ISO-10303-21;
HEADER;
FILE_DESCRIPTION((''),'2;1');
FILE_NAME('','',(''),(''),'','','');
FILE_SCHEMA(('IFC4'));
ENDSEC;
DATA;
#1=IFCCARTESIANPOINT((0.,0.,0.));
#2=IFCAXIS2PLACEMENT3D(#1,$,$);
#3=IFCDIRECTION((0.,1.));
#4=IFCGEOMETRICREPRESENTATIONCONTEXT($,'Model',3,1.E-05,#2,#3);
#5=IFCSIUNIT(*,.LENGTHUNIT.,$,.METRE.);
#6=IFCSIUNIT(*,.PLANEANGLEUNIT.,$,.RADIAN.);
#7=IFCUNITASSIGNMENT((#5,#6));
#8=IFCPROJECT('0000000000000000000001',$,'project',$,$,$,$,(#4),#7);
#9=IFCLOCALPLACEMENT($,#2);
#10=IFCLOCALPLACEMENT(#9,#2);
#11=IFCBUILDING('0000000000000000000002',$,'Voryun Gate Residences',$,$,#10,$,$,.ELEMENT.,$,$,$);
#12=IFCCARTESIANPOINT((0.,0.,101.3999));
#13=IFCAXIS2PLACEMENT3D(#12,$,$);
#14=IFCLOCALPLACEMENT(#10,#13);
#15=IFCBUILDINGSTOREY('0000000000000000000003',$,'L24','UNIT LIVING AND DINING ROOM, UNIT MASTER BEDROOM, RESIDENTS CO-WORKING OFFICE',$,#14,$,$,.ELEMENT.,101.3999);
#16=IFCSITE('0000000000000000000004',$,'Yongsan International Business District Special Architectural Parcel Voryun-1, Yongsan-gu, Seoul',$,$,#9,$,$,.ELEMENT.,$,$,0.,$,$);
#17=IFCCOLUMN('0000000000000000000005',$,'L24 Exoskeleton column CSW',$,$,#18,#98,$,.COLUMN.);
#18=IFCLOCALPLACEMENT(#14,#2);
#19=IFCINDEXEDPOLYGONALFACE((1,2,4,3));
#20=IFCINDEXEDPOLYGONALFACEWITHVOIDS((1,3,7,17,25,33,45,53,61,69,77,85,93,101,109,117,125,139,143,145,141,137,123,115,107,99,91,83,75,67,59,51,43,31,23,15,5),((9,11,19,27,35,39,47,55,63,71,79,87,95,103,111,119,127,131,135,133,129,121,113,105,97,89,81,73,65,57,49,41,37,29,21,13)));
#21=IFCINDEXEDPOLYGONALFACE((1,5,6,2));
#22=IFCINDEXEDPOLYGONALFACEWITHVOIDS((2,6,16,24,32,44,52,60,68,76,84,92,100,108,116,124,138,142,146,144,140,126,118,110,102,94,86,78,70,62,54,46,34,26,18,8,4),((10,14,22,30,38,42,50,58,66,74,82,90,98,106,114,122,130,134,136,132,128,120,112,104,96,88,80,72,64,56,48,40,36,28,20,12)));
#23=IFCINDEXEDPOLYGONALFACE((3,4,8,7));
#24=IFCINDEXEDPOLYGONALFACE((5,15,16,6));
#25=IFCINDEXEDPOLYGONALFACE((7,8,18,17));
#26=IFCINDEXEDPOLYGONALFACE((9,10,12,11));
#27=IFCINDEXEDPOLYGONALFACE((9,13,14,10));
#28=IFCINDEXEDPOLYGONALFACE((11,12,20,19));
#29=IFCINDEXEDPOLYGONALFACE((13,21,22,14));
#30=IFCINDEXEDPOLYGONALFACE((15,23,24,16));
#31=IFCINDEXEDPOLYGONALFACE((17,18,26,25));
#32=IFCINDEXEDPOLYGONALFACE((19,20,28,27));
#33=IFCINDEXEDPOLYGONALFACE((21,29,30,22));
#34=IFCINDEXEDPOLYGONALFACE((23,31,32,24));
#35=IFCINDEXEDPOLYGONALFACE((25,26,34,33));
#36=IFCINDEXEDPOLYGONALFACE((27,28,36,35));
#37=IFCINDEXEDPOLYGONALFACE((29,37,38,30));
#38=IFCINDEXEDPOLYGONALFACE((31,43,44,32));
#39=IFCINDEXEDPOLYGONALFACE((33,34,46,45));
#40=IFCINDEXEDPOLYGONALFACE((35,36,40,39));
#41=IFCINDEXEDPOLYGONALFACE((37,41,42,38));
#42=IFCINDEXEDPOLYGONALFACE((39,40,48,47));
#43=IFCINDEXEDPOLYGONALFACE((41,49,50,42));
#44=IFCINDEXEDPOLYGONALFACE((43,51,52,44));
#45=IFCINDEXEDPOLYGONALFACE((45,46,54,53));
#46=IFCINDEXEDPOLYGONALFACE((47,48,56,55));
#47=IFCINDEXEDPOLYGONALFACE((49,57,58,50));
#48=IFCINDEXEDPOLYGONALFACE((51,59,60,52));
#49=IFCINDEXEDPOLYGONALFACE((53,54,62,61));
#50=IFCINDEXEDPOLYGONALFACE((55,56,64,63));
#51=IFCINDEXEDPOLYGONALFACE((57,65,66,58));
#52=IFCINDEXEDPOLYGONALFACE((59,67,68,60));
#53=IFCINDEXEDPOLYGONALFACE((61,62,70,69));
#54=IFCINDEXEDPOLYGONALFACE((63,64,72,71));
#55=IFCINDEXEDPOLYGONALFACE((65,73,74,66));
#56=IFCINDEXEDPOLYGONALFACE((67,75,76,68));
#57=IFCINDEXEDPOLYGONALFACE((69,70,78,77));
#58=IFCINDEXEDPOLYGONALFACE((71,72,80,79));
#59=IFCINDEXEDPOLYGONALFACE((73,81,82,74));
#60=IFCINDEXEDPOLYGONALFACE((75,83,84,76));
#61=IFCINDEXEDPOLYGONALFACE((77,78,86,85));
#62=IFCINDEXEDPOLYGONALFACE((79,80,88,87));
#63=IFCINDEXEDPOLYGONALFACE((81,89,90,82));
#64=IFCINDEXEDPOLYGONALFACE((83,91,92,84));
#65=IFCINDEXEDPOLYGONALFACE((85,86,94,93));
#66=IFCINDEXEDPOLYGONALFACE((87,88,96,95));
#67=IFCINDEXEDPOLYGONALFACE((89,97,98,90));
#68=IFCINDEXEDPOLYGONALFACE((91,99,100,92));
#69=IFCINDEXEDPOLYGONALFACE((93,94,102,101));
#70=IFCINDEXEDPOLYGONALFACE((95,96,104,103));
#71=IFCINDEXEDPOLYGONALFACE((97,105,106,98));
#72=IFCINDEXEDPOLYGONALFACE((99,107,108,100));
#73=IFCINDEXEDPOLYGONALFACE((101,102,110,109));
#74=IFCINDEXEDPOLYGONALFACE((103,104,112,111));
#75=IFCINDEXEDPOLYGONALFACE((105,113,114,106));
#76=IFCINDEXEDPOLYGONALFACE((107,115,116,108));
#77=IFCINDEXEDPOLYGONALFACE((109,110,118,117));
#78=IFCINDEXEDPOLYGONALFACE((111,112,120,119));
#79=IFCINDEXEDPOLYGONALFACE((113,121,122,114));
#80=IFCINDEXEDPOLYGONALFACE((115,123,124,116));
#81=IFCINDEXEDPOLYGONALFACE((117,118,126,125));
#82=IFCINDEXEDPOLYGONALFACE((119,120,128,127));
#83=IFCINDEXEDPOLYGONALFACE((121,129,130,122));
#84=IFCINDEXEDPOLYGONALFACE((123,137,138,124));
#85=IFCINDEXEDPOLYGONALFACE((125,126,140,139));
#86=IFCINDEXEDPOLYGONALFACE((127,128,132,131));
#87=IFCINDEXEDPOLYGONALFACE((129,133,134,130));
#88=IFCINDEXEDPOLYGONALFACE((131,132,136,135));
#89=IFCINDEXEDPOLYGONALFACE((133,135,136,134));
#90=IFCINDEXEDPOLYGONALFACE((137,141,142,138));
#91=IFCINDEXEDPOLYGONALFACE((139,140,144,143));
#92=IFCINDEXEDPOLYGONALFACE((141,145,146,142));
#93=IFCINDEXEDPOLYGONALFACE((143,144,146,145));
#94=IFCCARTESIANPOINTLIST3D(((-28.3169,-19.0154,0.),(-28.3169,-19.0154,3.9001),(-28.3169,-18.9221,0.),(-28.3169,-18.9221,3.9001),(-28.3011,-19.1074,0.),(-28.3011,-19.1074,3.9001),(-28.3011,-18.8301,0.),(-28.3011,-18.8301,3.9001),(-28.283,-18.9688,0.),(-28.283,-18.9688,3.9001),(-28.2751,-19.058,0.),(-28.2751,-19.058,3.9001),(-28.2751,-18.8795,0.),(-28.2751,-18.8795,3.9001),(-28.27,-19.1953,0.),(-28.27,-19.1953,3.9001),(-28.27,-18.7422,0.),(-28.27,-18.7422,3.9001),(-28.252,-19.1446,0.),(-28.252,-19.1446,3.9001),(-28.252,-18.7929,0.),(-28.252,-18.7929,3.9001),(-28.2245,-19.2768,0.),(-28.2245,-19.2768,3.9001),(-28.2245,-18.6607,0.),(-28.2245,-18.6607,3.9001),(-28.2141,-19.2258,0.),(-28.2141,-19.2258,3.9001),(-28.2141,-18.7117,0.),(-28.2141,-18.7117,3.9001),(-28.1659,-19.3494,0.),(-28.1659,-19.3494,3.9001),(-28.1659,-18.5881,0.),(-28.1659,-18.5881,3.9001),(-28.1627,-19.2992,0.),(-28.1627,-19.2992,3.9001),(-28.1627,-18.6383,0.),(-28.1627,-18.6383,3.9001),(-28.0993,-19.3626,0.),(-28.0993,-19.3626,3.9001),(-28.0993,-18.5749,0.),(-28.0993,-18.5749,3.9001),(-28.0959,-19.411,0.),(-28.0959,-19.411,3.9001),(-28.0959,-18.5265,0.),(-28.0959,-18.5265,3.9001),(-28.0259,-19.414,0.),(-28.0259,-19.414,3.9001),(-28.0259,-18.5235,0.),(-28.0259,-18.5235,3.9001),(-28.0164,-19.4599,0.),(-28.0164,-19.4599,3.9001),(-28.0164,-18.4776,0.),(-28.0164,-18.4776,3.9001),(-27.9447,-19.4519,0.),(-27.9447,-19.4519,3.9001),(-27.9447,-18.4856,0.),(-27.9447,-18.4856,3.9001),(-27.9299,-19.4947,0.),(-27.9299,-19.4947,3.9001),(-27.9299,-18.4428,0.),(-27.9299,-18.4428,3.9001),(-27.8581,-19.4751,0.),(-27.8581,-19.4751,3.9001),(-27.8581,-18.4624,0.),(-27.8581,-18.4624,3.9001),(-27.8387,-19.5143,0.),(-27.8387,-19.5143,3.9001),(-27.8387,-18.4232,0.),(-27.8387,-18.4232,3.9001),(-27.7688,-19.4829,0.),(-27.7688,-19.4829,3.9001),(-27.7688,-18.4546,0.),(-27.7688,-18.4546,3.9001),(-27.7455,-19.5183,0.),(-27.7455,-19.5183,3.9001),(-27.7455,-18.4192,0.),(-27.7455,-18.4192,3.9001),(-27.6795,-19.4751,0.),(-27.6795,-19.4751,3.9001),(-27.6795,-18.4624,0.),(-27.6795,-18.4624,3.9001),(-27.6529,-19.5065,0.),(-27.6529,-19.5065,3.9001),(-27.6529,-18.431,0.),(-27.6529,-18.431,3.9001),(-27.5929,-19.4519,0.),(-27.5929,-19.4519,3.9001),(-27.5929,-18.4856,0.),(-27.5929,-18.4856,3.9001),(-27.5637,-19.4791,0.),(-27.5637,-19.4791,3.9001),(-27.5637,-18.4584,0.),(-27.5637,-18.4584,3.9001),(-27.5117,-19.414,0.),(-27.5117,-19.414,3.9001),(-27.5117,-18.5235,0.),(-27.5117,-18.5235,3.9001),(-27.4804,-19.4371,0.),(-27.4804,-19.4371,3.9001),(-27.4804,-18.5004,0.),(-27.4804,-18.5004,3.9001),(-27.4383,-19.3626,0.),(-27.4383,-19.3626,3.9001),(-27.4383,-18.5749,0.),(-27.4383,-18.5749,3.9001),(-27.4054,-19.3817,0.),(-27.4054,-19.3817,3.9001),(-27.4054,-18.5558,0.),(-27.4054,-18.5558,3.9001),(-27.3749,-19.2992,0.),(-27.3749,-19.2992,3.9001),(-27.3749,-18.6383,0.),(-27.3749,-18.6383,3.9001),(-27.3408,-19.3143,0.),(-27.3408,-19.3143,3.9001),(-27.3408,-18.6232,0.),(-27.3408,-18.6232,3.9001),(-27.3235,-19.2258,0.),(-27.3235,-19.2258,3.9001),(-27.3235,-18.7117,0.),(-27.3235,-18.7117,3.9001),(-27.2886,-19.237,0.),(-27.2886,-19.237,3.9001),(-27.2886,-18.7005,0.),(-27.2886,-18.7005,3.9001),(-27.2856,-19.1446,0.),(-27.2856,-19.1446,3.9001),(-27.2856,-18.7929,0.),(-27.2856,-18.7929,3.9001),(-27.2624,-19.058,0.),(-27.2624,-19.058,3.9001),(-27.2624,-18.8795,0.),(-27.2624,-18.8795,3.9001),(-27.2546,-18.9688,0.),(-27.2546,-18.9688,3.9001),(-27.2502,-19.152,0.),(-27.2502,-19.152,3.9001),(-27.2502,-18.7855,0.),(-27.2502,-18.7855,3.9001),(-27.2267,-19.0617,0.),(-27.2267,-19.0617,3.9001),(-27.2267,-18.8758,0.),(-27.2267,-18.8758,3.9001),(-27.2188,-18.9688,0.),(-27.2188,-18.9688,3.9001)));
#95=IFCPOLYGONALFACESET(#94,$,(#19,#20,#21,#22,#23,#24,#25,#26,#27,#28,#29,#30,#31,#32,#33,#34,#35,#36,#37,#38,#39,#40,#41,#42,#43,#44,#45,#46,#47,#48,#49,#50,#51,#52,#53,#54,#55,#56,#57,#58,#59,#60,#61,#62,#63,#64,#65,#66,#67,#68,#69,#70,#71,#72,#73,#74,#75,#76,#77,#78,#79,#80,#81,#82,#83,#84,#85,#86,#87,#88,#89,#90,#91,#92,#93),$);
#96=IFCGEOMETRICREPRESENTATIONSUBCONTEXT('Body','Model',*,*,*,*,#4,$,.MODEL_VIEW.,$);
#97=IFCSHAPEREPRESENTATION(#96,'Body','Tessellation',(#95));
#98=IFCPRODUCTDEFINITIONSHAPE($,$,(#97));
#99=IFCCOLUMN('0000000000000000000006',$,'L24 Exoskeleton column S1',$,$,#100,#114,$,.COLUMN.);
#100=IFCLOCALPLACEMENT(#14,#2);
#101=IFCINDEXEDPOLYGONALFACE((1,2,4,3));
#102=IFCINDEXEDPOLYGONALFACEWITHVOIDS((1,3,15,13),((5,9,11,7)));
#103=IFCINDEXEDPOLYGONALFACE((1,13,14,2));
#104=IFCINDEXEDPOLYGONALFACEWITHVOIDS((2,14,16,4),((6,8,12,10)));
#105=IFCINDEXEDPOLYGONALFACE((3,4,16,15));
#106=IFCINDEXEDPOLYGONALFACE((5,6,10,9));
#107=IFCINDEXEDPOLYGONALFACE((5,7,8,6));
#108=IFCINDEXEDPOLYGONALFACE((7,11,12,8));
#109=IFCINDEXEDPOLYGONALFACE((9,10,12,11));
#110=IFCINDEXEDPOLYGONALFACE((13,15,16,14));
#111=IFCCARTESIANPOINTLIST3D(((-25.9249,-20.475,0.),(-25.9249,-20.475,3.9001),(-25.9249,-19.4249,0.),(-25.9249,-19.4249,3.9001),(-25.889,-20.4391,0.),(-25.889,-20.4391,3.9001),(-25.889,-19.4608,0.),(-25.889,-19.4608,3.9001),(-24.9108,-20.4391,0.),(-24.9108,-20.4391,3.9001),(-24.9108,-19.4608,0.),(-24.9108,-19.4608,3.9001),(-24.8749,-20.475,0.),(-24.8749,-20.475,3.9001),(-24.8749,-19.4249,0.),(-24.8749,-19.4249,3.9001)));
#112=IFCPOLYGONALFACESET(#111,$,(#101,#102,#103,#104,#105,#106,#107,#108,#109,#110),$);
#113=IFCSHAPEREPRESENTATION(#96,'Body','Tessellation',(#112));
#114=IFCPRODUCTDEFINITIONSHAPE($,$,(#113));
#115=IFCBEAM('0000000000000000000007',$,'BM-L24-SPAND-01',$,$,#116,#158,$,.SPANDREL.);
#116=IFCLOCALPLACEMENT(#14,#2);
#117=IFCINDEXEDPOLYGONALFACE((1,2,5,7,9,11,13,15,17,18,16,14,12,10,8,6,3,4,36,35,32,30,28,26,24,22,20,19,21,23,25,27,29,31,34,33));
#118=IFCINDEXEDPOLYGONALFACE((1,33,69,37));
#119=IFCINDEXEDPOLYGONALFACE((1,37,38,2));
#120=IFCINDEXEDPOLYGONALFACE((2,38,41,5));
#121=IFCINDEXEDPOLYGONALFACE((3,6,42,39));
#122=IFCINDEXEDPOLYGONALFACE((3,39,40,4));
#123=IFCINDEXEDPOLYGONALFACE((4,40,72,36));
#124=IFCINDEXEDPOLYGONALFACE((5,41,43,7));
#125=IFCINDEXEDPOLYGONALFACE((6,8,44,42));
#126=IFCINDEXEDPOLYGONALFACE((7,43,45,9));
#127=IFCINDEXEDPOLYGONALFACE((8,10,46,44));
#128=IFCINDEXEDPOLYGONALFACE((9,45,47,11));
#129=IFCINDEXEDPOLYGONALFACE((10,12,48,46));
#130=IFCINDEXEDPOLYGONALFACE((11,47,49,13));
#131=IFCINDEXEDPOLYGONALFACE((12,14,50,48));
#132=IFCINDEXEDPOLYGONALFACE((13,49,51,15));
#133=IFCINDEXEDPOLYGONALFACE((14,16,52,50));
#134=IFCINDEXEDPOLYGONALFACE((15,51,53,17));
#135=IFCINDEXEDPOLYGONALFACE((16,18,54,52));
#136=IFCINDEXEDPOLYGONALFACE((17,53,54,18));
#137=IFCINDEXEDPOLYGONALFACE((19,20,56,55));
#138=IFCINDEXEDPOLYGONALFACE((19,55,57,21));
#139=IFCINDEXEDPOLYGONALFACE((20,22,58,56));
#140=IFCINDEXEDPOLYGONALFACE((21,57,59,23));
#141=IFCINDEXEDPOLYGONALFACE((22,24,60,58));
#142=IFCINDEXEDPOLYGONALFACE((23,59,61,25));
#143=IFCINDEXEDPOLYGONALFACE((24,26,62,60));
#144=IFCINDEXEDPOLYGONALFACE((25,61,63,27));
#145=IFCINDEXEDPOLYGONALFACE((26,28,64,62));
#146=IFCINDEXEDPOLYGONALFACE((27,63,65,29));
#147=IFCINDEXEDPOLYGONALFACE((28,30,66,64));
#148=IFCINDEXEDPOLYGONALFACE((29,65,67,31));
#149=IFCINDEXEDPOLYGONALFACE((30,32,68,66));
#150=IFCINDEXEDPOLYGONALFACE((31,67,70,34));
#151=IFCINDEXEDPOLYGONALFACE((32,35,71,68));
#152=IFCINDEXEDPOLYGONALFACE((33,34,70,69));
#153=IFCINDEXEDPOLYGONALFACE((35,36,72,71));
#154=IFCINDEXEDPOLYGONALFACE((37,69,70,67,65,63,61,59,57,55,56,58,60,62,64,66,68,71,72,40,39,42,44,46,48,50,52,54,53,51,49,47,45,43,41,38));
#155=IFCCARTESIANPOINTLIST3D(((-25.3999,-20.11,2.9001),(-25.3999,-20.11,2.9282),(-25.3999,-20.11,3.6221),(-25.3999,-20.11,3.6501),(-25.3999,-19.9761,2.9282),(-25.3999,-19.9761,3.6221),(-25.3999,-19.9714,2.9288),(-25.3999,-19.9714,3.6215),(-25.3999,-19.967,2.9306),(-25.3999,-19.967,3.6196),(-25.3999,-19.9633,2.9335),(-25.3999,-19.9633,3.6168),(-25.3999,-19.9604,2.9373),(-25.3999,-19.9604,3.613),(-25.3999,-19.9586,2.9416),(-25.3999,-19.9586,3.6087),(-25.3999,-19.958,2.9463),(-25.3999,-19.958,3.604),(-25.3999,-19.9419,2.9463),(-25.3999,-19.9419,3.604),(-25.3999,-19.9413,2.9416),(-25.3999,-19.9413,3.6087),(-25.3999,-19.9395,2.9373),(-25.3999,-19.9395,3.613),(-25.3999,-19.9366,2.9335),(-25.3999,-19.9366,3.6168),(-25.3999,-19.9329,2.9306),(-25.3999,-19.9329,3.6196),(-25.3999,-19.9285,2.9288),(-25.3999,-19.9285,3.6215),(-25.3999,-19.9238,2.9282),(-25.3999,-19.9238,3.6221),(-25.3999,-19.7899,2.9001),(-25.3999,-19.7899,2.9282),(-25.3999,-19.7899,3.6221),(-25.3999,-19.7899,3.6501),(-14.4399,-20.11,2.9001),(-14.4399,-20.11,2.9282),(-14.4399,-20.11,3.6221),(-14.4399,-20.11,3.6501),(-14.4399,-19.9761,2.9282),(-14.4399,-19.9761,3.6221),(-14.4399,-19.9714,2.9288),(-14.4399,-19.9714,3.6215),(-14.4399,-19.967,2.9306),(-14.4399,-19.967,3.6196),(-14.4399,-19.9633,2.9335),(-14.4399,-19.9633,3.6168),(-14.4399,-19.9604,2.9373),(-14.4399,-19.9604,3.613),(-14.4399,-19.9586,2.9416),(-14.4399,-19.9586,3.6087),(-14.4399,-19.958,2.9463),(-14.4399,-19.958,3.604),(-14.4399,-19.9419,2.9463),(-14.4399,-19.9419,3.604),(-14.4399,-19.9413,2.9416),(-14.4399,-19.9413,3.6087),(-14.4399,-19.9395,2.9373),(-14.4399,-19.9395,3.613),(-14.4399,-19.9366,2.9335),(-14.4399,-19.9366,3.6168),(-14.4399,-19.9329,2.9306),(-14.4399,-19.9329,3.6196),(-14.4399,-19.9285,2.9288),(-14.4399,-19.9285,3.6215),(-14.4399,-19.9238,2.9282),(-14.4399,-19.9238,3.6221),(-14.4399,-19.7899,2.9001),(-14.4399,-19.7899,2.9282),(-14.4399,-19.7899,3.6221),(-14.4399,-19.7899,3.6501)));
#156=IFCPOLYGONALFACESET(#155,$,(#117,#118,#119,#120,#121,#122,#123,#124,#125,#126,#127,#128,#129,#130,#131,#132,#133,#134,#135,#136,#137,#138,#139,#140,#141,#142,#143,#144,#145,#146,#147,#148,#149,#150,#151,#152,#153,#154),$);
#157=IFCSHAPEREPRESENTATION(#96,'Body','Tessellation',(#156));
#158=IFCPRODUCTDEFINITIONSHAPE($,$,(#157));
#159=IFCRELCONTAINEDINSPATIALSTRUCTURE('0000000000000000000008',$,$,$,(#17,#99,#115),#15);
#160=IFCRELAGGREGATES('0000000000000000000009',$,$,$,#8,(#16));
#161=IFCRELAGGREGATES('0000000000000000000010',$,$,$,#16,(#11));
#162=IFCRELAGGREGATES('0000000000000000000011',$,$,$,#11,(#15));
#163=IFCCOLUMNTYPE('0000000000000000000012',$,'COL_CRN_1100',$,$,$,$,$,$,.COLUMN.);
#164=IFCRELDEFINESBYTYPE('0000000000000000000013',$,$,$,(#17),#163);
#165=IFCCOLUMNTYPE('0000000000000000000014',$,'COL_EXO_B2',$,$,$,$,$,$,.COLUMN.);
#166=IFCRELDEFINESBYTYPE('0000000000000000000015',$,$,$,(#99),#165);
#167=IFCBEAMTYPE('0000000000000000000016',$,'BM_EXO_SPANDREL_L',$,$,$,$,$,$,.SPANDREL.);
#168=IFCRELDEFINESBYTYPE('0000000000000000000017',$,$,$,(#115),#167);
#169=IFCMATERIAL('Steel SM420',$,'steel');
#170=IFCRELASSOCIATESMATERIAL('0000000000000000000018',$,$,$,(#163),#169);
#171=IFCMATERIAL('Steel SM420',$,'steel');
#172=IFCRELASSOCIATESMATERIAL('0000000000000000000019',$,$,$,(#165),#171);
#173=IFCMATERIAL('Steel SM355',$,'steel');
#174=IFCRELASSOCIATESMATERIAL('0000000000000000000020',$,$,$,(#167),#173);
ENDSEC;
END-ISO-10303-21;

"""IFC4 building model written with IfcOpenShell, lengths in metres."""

from ifc_helpers import new_model, si_unit, direction, frame, origin, origin_2d, place, context, subcontext, project, spatial, hollow_rectangle, hollow_circle, i_section, extrude, material, material_profile, profile_set, type_object, element, save


model = new_model("IFC4")

# Units and contexts
model_context = context("Model", 3, precision=1e-05, world=origin(), true_north=direction((0.0, 1.0)))
body_context = subcontext(model_context, "Body", "Model", "MODEL_VIEW")
ifc_project = project(units=[si_unit("LENGTHUNIT", "METRE"), si_unit("PLANEANGLEUNIT", "RADIAN")], contexts=[model_context])

# Site, building, storey
site_placement = place(None, origin())
site = spatial("IfcSite", under=ifc_project, at=site_placement, Name="Yongsan International Business District Special Architectural Parcel Voryun-1, Yongsan-gu, Seoul", CompositionType="ELEMENT", RefElevation=0.0)
building_placement = place(site_placement, origin())
building = spatial("IfcBuilding", under=site, at=building_placement, Name="Voryun Gate Residences", CompositionType="ELEMENT")
storey_placement = place(building_placement, frame((0.0, 0.0, 101.3999)))
storey = spatial("IfcBuildingStorey", under=building, at=storey_placement, Name="L24", Description="UNIT LIVING AND DINING ROOM, UNIT MASTER BEDROOM, RESIDENTS CO-WORKING OFFICE", CompositionType="ELEMENT", Elevation=101.3999)

# Columns
ifc_material_1 = material(Name="Steel SM420", Category="steel")
ifc_material_profile_1 = material_profile(ifc_material_1, hollow_circle(Radius=0.55, WallThickness=0.0359, at=origin_2d()), Name="CHS-1100x36")
ifc_profile_set_1 = profile_set([ifc_material_profile_1], Name="Steel SM420")
column_type_1 = type_object("IfcColumnType", Name="COL_CRN_1100", PredefinedType="COLUMN", material=ifc_profile_set_1)
column_1_placement = place(storey_placement, frame((-27.7688, -18.9688, 0.0), z_axis=(0.0, 0.0, 1.0), x_axis=(1.0, 0.0, 0.0)))
element("IfcColumn", 1, at=column_1_placement, inside=storey, type_object=column_type_1, Name="L24 Exoskeleton column CSW", PredefinedType="COLUMN", context=body_context, shape_type="SweptSolid", body=[
    extrude(hollow_circle(Radius=0.55, WallThickness=0.0359, at=origin_2d()), origin(), (0.0, 0.0, 1.0), 3.9001),
])
ifc_material_2 = material(Name="Steel SM420", Category="steel")
ifc_material_profile_2 = material_profile(ifc_material_2, hollow_rectangle(XDim=1.05, YDim=1.05, WallThickness=0.0359, at=origin_2d()), Name="BOX-1050x1050x36")
ifc_profile_set_2 = profile_set([ifc_material_profile_2], Name="Steel SM420")
column_type_2 = type_object("IfcColumnType", Name="COL_EXO_B2", PredefinedType="COLUMN", material=ifc_profile_set_2)
column_2_placement = place(storey_placement, frame((-25.3999, -19.95, 0.0), z_axis=(0.0, 0.0, 1.0), x_axis=(1.0, 0.0, 0.0)))
element("IfcColumn", 2, at=column_2_placement, inside=storey, type_object=column_type_2, Name="L24 Exoskeleton column S1", PredefinedType="COLUMN", context=body_context, shape_type="SweptSolid", body=[
    extrude(hollow_rectangle(XDim=1.05, YDim=1.05, WallThickness=0.0359, at=origin_2d()), origin(), (0.0, 0.0, 1.0), 3.9001),
])

# Beam
ifc_material_3 = material(Name="Steel SM355", Category="steel")
ifc_material_profile_3 = material_profile(ifc_material_3, i_section(OverallWidth=0.3201, OverallDepth=0.75, WebThickness=0.0161, FlangeThickness=0.0281, FilletRadius=0.0181, at=origin_2d()), Name="H-750x320x16x28")
ifc_profile_set_3 = profile_set([ifc_material_profile_3], Name="Steel SM355")
beam_type = type_object("IfcBeamType", Name="BM_EXO_SPANDREL_L", PredefinedType="SPANDREL", material=ifc_profile_set_3)
beam_1_placement = place(storey_placement, frame((-25.3999, -19.95, 3.2751), z_axis=(1.0, 0.0, 0.0), x_axis=(0.0, 1.0, 0.0)))
element("IfcBeam", 3, at=beam_1_placement, inside=storey, type_object=beam_type, Name="BM-L24-SPAND-01", PredefinedType="SPANDREL", context=body_context, shape_type="SweptSolid", body=[
    extrude(i_section(OverallWidth=0.3201, OverallDepth=0.75, WebThickness=0.0161, FlangeThickness=0.0281, FilletRadius=0.0181, at=origin_2d()), origin(), (0.0, 0.0, 1.0), 10.96),
])

save(model, "model.ifc")
